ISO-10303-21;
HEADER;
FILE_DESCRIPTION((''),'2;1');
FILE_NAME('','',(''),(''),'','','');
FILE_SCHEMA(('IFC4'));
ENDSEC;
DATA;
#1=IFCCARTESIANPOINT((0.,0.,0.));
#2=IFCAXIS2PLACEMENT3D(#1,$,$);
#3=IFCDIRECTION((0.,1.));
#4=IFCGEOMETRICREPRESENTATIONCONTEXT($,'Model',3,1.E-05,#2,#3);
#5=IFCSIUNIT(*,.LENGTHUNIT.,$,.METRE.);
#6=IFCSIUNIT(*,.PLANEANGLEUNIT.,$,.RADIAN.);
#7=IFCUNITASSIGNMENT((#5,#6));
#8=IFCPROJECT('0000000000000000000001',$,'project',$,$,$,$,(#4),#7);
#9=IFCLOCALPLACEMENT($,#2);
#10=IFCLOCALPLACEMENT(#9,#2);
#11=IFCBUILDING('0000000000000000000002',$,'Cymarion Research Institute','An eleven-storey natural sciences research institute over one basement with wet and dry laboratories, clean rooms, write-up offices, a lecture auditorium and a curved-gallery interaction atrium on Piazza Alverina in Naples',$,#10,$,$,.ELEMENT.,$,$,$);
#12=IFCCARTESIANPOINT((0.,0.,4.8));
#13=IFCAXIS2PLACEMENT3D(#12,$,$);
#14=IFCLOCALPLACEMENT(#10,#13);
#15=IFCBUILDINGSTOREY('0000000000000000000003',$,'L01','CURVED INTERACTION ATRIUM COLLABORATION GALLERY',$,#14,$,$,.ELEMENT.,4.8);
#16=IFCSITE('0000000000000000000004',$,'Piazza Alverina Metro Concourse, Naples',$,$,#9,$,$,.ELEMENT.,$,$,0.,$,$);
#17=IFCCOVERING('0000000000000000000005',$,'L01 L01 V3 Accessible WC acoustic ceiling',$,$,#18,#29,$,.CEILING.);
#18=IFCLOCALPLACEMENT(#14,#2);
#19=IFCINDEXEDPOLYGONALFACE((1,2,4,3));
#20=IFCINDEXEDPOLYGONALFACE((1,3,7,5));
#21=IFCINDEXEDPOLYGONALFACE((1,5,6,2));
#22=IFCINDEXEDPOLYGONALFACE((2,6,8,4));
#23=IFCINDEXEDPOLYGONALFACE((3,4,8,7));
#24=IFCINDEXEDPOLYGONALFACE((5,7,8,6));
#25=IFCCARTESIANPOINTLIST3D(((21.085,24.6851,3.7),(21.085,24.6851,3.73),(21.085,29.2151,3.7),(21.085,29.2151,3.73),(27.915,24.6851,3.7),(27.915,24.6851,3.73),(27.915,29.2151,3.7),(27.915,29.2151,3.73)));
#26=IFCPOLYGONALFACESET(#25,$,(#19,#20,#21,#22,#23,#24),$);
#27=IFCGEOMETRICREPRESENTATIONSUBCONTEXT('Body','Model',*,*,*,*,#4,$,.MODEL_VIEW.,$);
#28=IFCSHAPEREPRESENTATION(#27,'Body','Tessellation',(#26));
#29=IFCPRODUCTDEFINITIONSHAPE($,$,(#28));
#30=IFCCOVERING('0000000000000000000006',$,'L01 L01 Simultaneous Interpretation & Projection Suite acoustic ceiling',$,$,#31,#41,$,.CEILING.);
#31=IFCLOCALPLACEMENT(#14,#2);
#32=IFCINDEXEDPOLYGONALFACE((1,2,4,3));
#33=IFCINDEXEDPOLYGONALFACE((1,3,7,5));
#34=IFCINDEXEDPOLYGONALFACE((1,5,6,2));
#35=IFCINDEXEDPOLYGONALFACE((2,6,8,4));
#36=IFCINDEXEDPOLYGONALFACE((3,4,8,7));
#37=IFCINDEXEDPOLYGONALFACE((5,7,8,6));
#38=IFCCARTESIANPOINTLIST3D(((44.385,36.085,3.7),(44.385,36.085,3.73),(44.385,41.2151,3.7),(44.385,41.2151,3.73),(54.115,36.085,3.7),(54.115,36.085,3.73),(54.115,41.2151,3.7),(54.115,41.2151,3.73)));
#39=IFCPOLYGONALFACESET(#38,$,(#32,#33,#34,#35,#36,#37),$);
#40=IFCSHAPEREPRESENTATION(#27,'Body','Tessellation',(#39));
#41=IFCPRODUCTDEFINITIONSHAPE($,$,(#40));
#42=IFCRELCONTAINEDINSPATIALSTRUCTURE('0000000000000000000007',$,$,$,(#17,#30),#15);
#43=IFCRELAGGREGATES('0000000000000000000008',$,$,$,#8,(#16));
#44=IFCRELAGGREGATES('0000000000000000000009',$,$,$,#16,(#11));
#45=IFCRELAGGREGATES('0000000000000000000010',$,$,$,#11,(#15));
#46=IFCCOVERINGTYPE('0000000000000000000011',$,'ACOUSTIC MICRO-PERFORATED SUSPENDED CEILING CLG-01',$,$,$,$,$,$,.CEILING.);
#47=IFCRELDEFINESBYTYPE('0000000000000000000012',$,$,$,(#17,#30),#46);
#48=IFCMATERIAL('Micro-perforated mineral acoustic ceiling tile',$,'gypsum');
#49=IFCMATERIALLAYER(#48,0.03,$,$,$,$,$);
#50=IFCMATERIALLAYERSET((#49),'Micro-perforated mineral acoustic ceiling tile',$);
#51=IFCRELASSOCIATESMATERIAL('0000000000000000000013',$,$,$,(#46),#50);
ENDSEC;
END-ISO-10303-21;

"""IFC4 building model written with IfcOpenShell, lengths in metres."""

from ifc_helpers import new_model, si_unit, direction, frame, origin, place, context, subcontext, project, spatial, polyline, outline, extrude, material, layer, layer_set, type_object, element, save


model = new_model("IFC4")

# Units and contexts
model_context = context("Model", 3, precision=1e-05, world=origin(), true_north=direction((0.0, 1.0)))
body_context = subcontext(model_context, "Body", "Model", "MODEL_VIEW")
ifc_project = project(units=[si_unit("LENGTHUNIT", "METRE"), si_unit("PLANEANGLEUNIT", "RADIAN")], contexts=[model_context])

# Site, building, storey
site_placement = place(None, origin())
site = spatial("IfcSite", under=ifc_project, at=site_placement, Name="Piazza Alverina Metro Concourse, Naples", CompositionType="ELEMENT", RefElevation=0.0)
building_placement = place(site_placement, origin())
building = spatial("IfcBuilding", under=site, at=building_placement, Name="Cymarion Research Institute", Description="An eleven-storey natural sciences research institute over one basement with wet and dry laboratories, clean rooms, write-up offices, a lecture auditorium and a curved-gallery interaction atrium on Piazza Alverina in Naples", CompositionType="ELEMENT")
storey_placement = place(building_placement, frame((0.0, 0.0, 4.8)))
storey = spatial("IfcBuildingStorey", under=building, at=storey_placement, Name="L01", Description="CURVED INTERACTION ATRIUM COLLABORATION GALLERY", CompositionType="ELEMENT", Elevation=4.8)

# Coverings
ifc_material_1 = material(Name="Micro-perforated mineral acoustic ceiling tile", Category="gypsum")
ifc_layer_1 = layer(ifc_material_1, 0.03)
ifc_layer_set_1 = layer_set([ifc_layer_1], Name="Micro-perforated mineral acoustic ceiling tile")
covering_type = type_object("IfcCoveringType", Name="ACOUSTIC MICRO-PERFORATED SUSPENDED CEILING CLG-01", PredefinedType="CEILING", material=ifc_layer_set_1)
covering_1_placement = place(storey_placement, frame((0.0, 0.0, 3.7)))
element("IfcCovering", 1, at=covering_1_placement, inside=storey, type_object=covering_type, Name="L01 L01 V3 Accessible WC acoustic ceiling", PredefinedType="CEILING", context=body_context, shape_type="SweptSolid", body=[
    extrude(outline(polyline([(27.915, 29.2151), (27.915, 24.6851), (21.085, 24.6851), (21.085, 29.2151), (27.915, 29.2151)])), origin(), (0.0, 0.0, 1.0), 0.03),
])
covering_2_placement = place(storey_placement, frame((0.0, 0.0, 3.7)))
element("IfcCovering", 2, at=covering_2_placement, inside=storey, type_object=covering_type, Name="L01 L01 Simultaneous Interpretation & Projection Suite acoustic ceiling", PredefinedType="CEILING", context=body_context, shape_type="SweptSolid", body=[
    extrude(outline(polyline([(54.115, 41.2151), (54.115, 36.085), (44.385, 36.085), (44.385, 41.2151), (54.115, 41.2151)])), origin(), (0.0, 0.0, 1.0), 0.03),
])

save(model, "model.ifc")
